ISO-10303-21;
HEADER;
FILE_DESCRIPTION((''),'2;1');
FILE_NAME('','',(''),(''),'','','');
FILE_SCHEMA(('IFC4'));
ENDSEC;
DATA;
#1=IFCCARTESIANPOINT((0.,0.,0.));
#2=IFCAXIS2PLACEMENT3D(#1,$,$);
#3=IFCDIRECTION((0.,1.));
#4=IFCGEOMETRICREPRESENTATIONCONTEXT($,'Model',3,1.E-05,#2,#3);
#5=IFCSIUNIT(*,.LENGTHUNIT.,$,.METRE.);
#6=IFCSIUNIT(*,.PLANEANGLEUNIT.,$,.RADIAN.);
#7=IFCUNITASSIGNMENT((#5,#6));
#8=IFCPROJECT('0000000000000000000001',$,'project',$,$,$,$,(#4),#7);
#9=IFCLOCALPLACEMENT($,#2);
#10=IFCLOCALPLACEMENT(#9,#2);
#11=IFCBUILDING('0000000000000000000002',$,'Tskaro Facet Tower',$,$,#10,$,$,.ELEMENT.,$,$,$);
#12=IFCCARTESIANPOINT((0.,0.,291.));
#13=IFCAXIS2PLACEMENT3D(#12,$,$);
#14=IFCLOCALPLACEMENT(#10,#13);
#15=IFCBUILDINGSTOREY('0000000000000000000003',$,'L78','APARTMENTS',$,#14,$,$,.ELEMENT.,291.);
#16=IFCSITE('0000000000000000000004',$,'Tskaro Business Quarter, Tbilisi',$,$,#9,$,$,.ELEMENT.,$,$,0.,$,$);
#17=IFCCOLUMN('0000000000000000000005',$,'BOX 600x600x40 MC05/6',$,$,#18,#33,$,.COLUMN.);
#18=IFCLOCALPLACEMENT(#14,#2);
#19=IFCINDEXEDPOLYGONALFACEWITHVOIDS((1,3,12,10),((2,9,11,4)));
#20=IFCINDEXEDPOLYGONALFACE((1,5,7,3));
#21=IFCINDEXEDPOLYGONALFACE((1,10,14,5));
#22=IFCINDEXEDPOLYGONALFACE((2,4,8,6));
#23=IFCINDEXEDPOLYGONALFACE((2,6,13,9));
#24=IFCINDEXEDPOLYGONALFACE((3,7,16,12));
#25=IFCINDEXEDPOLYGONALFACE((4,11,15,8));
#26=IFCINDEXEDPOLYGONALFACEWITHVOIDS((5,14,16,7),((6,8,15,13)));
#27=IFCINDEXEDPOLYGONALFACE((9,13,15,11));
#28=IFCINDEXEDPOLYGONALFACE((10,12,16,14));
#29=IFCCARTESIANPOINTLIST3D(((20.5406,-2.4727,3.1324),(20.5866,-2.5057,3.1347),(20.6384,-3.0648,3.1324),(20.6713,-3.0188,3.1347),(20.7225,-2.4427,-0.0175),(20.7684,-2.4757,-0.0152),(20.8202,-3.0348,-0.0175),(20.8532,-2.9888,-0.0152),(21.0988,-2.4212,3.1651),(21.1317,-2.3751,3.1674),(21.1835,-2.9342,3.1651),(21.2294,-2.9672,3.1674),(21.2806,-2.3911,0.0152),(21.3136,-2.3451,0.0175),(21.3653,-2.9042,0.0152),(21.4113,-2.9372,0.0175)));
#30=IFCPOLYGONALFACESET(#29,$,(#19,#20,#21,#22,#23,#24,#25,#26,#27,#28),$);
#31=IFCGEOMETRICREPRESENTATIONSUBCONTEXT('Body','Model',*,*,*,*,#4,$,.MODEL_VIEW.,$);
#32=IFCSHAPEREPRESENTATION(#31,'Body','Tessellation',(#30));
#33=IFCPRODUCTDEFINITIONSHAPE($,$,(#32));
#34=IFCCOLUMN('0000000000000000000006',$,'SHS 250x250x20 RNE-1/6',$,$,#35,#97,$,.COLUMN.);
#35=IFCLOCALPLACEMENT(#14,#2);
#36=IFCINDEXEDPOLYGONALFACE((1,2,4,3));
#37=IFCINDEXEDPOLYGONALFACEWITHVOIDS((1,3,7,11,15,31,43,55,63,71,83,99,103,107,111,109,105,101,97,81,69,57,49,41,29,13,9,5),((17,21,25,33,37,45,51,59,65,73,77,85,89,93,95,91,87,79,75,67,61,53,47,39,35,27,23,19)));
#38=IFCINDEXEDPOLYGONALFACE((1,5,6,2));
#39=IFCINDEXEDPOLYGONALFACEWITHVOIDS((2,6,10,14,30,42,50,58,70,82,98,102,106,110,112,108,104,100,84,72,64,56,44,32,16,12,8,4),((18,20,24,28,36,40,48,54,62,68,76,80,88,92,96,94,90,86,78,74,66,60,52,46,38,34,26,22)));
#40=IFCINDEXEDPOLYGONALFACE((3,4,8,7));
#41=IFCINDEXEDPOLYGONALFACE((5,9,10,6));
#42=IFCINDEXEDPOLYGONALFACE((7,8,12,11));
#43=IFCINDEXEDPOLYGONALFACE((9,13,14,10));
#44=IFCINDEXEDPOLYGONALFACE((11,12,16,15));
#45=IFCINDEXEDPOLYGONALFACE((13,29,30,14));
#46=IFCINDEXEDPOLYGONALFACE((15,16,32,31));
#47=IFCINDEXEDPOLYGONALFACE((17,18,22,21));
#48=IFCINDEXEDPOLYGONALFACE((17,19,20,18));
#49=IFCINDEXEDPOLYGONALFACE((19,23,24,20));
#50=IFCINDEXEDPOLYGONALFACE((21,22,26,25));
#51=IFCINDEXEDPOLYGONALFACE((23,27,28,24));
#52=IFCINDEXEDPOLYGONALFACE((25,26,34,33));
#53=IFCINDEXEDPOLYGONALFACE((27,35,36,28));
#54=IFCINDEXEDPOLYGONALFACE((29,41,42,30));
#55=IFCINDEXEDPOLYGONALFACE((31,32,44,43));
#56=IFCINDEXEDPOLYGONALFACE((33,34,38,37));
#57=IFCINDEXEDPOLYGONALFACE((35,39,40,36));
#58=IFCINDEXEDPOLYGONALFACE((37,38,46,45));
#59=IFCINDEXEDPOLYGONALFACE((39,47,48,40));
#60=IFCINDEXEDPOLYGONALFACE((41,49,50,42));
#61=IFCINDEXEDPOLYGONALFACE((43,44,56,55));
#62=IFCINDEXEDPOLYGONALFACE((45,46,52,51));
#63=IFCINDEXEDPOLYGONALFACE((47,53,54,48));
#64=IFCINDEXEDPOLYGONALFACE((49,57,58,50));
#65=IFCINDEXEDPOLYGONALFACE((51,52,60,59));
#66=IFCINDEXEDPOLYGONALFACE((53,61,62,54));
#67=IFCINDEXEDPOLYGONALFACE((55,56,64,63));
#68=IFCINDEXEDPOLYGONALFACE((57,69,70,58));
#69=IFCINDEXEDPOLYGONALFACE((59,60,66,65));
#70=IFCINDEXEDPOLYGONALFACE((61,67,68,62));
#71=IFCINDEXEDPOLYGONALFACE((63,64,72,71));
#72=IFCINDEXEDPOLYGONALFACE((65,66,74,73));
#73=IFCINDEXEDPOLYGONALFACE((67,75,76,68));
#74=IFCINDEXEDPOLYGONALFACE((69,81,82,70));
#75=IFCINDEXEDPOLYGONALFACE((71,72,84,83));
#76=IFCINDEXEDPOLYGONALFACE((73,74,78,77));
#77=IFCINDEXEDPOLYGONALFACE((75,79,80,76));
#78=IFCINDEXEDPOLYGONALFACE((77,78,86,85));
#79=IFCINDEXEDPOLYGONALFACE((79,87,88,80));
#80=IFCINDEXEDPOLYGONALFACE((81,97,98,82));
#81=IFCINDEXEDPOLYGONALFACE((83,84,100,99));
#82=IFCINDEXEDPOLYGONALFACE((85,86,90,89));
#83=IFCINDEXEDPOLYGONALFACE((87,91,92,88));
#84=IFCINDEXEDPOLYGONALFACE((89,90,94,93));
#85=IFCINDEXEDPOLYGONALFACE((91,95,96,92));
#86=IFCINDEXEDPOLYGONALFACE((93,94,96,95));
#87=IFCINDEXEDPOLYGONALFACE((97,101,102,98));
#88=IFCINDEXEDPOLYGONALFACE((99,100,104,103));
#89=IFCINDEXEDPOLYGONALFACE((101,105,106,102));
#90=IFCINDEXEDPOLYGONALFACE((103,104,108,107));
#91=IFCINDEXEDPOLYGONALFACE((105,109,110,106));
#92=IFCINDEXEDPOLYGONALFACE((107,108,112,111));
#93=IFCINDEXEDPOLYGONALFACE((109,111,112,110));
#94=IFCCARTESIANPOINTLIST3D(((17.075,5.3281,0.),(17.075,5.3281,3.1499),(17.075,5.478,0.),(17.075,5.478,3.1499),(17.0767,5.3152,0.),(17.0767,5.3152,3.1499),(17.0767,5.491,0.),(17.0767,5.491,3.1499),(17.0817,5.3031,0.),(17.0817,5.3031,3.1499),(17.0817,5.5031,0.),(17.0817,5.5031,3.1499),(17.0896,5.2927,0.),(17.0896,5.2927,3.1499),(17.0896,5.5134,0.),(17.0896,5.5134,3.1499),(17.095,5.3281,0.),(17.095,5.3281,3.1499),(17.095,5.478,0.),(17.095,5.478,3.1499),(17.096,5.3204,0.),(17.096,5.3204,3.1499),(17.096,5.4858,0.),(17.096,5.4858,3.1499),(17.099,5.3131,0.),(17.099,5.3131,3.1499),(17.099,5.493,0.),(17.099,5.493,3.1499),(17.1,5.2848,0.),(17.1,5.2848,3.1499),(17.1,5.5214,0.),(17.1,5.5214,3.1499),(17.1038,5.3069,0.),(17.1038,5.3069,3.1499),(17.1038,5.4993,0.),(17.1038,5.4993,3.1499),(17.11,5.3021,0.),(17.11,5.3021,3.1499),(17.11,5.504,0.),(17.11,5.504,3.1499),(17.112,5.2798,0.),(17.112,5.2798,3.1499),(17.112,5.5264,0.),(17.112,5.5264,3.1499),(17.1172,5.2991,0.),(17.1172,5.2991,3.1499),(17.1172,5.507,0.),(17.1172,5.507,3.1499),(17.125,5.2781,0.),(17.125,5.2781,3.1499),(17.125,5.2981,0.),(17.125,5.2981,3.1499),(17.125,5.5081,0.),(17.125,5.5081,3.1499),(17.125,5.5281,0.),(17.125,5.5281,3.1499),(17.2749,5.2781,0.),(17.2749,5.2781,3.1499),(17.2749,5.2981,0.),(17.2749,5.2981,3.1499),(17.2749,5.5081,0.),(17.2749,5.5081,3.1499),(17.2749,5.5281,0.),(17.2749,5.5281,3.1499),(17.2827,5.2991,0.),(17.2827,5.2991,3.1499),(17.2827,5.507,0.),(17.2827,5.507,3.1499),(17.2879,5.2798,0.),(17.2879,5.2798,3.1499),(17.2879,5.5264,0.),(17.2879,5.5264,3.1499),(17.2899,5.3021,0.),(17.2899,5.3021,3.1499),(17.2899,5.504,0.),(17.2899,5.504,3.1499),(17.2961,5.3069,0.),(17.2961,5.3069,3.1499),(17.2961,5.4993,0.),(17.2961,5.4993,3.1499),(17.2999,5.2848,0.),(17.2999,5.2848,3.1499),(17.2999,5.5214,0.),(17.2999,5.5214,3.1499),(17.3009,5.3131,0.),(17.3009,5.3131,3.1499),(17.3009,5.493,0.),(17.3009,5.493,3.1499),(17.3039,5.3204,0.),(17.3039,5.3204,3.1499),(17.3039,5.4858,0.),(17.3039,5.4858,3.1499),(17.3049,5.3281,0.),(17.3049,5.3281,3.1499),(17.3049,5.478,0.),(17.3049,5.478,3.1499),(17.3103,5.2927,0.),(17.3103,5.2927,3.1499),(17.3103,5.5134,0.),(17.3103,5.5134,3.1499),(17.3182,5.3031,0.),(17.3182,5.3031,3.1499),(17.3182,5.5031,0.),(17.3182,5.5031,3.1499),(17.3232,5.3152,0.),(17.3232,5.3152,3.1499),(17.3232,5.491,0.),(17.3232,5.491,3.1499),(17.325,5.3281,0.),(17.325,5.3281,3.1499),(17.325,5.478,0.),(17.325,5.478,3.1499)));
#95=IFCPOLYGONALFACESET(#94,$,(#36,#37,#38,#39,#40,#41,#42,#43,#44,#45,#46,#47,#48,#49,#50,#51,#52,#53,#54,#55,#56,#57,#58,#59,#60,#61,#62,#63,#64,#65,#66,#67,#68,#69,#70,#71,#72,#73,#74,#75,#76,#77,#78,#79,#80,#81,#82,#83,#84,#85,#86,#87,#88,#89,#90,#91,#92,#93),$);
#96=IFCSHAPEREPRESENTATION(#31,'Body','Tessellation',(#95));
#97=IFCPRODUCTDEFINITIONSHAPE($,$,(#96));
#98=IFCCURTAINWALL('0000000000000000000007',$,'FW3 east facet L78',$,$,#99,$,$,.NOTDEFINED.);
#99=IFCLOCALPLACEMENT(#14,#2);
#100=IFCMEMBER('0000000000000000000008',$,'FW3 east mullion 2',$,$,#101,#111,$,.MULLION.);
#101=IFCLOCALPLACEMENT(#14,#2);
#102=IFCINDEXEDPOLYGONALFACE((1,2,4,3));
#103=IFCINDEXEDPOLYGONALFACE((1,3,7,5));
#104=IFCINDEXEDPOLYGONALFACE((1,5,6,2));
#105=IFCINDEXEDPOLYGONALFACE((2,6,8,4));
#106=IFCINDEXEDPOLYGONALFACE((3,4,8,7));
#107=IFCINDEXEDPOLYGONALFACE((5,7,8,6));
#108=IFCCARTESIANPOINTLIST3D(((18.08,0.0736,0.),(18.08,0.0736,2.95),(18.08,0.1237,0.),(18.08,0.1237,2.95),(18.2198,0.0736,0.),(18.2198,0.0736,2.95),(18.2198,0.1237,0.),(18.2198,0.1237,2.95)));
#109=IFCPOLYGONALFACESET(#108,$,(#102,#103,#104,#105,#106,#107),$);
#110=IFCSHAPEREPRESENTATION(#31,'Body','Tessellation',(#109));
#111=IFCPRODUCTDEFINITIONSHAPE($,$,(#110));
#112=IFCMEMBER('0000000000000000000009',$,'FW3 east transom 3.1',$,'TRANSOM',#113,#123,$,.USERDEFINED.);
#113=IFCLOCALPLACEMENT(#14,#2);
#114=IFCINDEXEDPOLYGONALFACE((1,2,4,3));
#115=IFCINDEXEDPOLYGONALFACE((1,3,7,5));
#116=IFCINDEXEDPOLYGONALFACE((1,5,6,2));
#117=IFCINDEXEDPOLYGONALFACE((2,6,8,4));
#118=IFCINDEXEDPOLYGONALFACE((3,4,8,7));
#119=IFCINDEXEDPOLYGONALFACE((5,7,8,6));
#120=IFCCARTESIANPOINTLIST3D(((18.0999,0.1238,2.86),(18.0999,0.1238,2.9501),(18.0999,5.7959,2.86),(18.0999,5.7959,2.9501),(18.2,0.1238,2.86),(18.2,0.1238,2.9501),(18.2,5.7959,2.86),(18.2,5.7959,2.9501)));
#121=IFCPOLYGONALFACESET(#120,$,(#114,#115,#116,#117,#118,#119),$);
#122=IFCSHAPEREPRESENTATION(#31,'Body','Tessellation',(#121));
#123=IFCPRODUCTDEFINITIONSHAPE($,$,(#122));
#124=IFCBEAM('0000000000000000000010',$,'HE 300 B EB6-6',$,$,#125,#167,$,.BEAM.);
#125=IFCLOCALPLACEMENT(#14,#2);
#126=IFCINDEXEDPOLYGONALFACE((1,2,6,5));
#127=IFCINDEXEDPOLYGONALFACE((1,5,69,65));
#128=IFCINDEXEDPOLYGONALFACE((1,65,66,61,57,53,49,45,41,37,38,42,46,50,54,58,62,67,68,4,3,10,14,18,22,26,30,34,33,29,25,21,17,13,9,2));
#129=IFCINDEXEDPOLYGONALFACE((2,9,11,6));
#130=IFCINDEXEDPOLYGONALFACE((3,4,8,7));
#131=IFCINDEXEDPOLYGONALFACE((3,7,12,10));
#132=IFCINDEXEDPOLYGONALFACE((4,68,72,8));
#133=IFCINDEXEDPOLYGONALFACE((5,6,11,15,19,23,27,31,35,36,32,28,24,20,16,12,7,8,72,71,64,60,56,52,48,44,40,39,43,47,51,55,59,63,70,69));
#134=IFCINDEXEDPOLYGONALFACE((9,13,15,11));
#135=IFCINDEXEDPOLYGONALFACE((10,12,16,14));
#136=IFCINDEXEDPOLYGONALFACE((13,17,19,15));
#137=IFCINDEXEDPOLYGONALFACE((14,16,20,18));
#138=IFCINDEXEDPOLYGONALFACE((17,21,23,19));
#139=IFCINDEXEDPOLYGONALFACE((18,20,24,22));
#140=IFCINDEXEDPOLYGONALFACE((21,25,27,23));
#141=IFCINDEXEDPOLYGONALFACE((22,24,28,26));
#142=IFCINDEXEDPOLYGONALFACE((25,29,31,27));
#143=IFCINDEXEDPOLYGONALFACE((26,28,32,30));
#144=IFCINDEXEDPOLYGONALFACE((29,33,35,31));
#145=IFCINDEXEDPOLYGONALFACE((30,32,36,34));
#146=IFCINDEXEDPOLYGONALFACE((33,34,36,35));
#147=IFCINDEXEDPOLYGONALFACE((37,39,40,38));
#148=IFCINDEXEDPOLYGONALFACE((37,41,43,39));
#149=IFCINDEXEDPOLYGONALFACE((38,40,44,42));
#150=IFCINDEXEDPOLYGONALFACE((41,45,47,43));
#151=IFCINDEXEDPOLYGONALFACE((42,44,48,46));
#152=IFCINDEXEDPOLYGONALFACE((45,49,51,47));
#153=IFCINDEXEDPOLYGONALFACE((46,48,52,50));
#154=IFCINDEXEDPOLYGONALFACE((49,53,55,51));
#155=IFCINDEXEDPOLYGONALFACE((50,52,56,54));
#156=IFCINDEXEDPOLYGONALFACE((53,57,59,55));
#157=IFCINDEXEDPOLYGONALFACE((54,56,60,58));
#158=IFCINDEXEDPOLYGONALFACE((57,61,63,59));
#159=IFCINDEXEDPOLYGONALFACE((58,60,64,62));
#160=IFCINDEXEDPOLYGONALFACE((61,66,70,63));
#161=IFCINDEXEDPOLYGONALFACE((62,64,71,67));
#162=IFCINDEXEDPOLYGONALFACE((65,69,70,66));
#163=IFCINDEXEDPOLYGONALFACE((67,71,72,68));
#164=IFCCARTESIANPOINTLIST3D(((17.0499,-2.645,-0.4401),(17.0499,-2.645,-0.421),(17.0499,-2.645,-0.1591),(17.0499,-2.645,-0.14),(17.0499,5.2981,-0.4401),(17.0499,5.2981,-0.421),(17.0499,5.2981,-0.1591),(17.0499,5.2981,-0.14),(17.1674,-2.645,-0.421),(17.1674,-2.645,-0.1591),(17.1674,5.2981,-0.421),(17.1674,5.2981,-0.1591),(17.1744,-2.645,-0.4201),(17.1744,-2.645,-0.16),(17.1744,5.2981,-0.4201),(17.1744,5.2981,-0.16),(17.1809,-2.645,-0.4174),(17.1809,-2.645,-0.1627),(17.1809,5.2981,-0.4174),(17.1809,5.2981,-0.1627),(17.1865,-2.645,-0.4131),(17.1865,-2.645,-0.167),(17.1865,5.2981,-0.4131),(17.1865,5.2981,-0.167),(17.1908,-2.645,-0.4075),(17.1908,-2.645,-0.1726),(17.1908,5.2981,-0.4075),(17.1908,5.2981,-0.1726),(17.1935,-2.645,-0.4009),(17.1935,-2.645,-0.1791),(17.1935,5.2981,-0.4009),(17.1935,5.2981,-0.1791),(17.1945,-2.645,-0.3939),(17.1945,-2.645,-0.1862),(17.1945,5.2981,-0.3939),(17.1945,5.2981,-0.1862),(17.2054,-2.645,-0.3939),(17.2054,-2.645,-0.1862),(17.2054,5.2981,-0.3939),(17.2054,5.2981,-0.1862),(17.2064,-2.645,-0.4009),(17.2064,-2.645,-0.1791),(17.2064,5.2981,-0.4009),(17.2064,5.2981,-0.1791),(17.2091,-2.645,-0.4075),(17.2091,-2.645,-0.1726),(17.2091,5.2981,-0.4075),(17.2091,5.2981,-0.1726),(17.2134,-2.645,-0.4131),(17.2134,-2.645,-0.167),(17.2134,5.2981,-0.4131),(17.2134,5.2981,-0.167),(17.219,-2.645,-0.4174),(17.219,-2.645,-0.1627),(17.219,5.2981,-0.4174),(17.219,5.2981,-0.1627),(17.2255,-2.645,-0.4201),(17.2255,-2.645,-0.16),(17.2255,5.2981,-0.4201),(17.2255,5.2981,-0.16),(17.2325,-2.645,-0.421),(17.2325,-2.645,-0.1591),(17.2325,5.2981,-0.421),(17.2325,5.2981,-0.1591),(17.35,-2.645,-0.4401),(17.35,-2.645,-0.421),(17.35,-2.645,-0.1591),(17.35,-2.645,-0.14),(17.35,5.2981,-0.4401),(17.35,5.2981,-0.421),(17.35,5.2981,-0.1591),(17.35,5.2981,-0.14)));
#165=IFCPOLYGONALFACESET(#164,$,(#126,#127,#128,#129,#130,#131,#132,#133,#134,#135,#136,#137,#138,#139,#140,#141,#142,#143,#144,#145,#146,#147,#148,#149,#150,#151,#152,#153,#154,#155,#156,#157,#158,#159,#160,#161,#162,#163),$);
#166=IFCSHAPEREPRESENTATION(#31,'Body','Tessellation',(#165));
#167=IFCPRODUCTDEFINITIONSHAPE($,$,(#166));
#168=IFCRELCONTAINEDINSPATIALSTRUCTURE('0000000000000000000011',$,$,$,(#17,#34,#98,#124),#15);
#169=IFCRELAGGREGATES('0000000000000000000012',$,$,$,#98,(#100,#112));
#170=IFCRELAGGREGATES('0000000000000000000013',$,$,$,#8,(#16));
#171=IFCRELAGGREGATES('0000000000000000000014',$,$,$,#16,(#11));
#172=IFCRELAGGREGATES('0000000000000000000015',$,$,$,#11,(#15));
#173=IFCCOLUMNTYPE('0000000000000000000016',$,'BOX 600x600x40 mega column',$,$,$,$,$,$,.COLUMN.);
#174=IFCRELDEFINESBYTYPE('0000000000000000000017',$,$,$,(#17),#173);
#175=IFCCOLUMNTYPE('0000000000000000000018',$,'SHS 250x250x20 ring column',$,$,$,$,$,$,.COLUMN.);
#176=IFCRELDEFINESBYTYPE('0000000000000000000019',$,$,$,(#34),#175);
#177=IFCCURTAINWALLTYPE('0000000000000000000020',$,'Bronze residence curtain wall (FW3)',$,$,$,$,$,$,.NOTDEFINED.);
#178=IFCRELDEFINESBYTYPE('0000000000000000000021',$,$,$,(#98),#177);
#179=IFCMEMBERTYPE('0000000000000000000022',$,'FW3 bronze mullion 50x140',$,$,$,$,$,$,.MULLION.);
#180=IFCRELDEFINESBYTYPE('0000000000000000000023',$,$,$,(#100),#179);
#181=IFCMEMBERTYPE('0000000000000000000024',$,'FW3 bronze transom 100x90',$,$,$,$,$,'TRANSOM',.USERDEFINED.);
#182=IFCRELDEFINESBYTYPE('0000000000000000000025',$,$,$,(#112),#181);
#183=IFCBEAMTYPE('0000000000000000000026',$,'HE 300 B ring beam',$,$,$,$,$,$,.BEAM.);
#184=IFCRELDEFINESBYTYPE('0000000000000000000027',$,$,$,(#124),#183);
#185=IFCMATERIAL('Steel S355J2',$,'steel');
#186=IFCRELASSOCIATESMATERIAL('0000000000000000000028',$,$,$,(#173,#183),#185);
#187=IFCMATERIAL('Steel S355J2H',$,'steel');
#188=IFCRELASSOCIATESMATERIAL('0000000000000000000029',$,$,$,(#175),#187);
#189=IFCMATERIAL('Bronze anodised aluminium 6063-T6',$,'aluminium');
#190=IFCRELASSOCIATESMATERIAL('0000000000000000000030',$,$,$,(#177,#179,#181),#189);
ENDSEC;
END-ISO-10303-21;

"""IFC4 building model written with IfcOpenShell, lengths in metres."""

from ifc_helpers import new_model, si_unit, direction, frame, origin, origin_2d, place, context, subcontext, project, spatial, rectangle, hollow_rectangle, i_section, extrude, material, material_profile, profile_set, type_object, element, aggregate, save


model = new_model("IFC4")

# Units and contexts
model_context = context("Model", 3, precision=1e-05, world=origin(), true_north=direction((0.0, 1.0)))
body_context = subcontext(model_context, "Body", "Model", "MODEL_VIEW")
ifc_project = project(units=[si_unit("LENGTHUNIT", "METRE"), si_unit("PLANEANGLEUNIT", "RADIAN")], contexts=[model_context])

# Site, building, storey
site_placement = place(None, origin())
site = spatial("IfcSite", under=ifc_project, at=site_placement, Name="Tskaro Business Quarter, Tbilisi", CompositionType="ELEMENT", RefElevation=0.0)
building_placement = place(site_placement, origin())
building = spatial("IfcBuilding", under=site, at=building_placement, Name="Tskaro Facet Tower", CompositionType="ELEMENT")
storey_placement = place(building_placement, frame((0.0, 0.0, 291.0)))
storey = spatial("IfcBuildingStorey", under=building, at=storey_placement, Name="L78", Description="APARTMENTS", CompositionType="ELEMENT", Elevation=291.0)

# Columns
ifc_material_1 = material(Name="Steel S355J2", Category="steel")
ifc_material_profile_1 = material_profile(ifc_material_1, hollow_rectangle(XDim=0.6001, YDim=0.6001, WallThickness=0.04, at=origin_2d()), Name="BOX 600x600x40")
ifc_profile_set_1 = profile_set([ifc_material_profile_1], Name="Steel S355J2")
column_type_1 = type_object("IfcColumnType", Name="BOX 600x600x40 mega column", PredefinedType="COLUMN", material=ifc_profile_set_1)
column_1_placement = place(storey_placement, frame((21.0669, -2.6899, 0.0), z_axis=(-0.057644, -0.009517, 0.998292), x_axis=(0.162895, -0.986643, 0.0)))
element("IfcColumn", 1, at=column_1_placement, inside=storey, type_object=column_type_1, Name="BOX 600x600x40 MC05/6", PredefinedType="COLUMN", context=body_context, shape_type="SweptSolid", body=[
    extrude(hollow_rectangle(XDim=0.6001, YDim=0.6001, WallThickness=0.04, at=origin_2d()), origin(), (0.0, 0.0, 1.0), 3.1553),
])
ifc_material_2 = material(Name="Steel S355J2H", Category="steel")
ifc_material_profile_2 = material_profile(ifc_material_2, hollow_rectangle(XDim=0.25, YDim=0.25, WallThickness=0.02, InnerFilletRadius=0.03, OuterFilletRadius=0.05, at=origin_2d()), Name="SHS 250x250x20")
ifc_profile_set_2 = profile_set([ifc_material_profile_2], Name="Steel S355J2H")
column_type_2 = type_object("IfcColumnType", Name="SHS 250x250x20 ring column", PredefinedType="COLUMN", material=ifc_profile_set_2)
column_2_placement = place(storey_placement, frame((17.2, 5.4031, 0.0), z_axis=(0.0, 0.0, 1.0), x_axis=(1.0, 0.0, 0.0)))
element("IfcColumn", 2, at=column_2_placement, inside=storey, type_object=column_type_2, Name="SHS 250x250x20 RNE-1/6", PredefinedType="COLUMN", context=body_context, shape_type="SweptSolid", body=[
    extrude(hollow_rectangle(XDim=0.25, YDim=0.25, WallThickness=0.02, InnerFilletRadius=0.03, OuterFilletRadius=0.05, at=origin_2d()), origin(), (0.0, 0.0, 1.0), 3.1499),
])

# Curtain wall, members
ifc_material_3 = material(Name="Bronze anodised aluminium 6063-T6", Category="aluminium")
curtain_wall_type = type_object("IfcCurtainWallType", Name="Bronze residence curtain wall (FW3)", PredefinedType="NOTDEFINED", material=ifc_material_3)
curtain_wall_placement = place(storey_placement, origin())
curtain_wall = element("IfcCurtainWall", 3, at=curtain_wall_placement, inside=storey, type_object=curtain_wall_type, Name="FW3 east facet L78", PredefinedType="NOTDEFINED")
ifc_material_profile_3 = material_profile(ifc_material_3, rectangle(XDim=0.05, YDim=0.1399, at=origin_2d()), Name="Mullion 50x140")
ifc_profile_set_3 = profile_set([ifc_material_profile_3], Name="Bronze anodised aluminium 6063-T6")
member_type_1 = type_object("IfcMemberType", Name="FW3 bronze mullion 50x140", PredefinedType="MULLION", material=ifc_profile_set_3)
member_1_placement = place(storey_placement, frame((18.1499, 0.0986, 0.0), z_axis=(0.0, 0.0, 1.0), x_axis=(0.0, 1.0, 0.0)))
member_1 = element("IfcMember", 4, at=member_1_placement, type_object=member_type_1, Name="FW3 east mullion 2", PredefinedType="MULLION", context=body_context, shape_type="SweptSolid", body=[
    extrude(rectangle(XDim=0.05, YDim=0.1399, at=origin_2d()), origin(), (0.0, 0.0, 1.0), 2.95),
])
ifc_material_profile_4 = material_profile(ifc_material_3, rectangle(XDim=0.1001, YDim=0.0901, at=origin_2d()), Name="Transom 100x90")
ifc_profile_set_4 = profile_set([ifc_material_profile_4], Name="Bronze anodised aluminium 6063-T6")
member_type_2 = type_object("IfcMemberType", Name="FW3 bronze transom 100x90", ElementType="TRANSOM", PredefinedType="USERDEFINED", material=ifc_profile_set_4)
member_2_placement = place(storey_placement, frame((18.1499, 0.1238, 2.905), z_axis=(0.0, 1.0, 0.0), x_axis=(-1.0, 0.0, 0.0)))
member_2 = element("IfcMember", 5, at=member_2_placement, type_object=member_type_2, Name="FW3 east transom 3.1", ObjectType="TRANSOM", PredefinedType="USERDEFINED", context=body_context, shape_type="SweptSolid", body=[
    extrude(rectangle(XDim=0.1001, YDim=0.0901, at=origin_2d()), origin(), (0.0, 0.0, 1.0), 5.6721),
])

# Beam
ifc_material_profile_5 = material_profile(ifc_material_1, i_section(OverallWidth=0.3, OverallDepth=0.3, WebThickness=0.011, FlangeThickness=0.019, FilletRadius=0.0271, at=origin_2d()), Name="HE 300 B")
ifc_profile_set_5 = profile_set([ifc_material_profile_5], Name="Steel S355J2")
beam_type_1 = type_object("IfcBeamType", Name="HE 300 B ring beam", PredefinedType="BEAM", material=ifc_profile_set_5)
beam_1_placement = place(storey_placement, frame((17.2, -2.645, -0.29), z_axis=(0.0, 1.0, 0.0), x_axis=(-1.0, 0.0, 0.0)))
element("IfcBeam", 6, at=beam_1_placement, inside=storey, type_object=beam_type_1, Name="HE 300 B EB6-6", PredefinedType="BEAM", context=body_context, shape_type="SweptSolid", body=[
    extrude(i_section(OverallWidth=0.3, OverallDepth=0.3, WebThickness=0.011, FlangeThickness=0.019, FilletRadius=0.0271, at=origin_2d()), origin(), (0.0, 0.0, 1.0), 7.9431),
])

aggregate(curtain_wall, [member_1, member_2])

save(model, "model.ifc")
